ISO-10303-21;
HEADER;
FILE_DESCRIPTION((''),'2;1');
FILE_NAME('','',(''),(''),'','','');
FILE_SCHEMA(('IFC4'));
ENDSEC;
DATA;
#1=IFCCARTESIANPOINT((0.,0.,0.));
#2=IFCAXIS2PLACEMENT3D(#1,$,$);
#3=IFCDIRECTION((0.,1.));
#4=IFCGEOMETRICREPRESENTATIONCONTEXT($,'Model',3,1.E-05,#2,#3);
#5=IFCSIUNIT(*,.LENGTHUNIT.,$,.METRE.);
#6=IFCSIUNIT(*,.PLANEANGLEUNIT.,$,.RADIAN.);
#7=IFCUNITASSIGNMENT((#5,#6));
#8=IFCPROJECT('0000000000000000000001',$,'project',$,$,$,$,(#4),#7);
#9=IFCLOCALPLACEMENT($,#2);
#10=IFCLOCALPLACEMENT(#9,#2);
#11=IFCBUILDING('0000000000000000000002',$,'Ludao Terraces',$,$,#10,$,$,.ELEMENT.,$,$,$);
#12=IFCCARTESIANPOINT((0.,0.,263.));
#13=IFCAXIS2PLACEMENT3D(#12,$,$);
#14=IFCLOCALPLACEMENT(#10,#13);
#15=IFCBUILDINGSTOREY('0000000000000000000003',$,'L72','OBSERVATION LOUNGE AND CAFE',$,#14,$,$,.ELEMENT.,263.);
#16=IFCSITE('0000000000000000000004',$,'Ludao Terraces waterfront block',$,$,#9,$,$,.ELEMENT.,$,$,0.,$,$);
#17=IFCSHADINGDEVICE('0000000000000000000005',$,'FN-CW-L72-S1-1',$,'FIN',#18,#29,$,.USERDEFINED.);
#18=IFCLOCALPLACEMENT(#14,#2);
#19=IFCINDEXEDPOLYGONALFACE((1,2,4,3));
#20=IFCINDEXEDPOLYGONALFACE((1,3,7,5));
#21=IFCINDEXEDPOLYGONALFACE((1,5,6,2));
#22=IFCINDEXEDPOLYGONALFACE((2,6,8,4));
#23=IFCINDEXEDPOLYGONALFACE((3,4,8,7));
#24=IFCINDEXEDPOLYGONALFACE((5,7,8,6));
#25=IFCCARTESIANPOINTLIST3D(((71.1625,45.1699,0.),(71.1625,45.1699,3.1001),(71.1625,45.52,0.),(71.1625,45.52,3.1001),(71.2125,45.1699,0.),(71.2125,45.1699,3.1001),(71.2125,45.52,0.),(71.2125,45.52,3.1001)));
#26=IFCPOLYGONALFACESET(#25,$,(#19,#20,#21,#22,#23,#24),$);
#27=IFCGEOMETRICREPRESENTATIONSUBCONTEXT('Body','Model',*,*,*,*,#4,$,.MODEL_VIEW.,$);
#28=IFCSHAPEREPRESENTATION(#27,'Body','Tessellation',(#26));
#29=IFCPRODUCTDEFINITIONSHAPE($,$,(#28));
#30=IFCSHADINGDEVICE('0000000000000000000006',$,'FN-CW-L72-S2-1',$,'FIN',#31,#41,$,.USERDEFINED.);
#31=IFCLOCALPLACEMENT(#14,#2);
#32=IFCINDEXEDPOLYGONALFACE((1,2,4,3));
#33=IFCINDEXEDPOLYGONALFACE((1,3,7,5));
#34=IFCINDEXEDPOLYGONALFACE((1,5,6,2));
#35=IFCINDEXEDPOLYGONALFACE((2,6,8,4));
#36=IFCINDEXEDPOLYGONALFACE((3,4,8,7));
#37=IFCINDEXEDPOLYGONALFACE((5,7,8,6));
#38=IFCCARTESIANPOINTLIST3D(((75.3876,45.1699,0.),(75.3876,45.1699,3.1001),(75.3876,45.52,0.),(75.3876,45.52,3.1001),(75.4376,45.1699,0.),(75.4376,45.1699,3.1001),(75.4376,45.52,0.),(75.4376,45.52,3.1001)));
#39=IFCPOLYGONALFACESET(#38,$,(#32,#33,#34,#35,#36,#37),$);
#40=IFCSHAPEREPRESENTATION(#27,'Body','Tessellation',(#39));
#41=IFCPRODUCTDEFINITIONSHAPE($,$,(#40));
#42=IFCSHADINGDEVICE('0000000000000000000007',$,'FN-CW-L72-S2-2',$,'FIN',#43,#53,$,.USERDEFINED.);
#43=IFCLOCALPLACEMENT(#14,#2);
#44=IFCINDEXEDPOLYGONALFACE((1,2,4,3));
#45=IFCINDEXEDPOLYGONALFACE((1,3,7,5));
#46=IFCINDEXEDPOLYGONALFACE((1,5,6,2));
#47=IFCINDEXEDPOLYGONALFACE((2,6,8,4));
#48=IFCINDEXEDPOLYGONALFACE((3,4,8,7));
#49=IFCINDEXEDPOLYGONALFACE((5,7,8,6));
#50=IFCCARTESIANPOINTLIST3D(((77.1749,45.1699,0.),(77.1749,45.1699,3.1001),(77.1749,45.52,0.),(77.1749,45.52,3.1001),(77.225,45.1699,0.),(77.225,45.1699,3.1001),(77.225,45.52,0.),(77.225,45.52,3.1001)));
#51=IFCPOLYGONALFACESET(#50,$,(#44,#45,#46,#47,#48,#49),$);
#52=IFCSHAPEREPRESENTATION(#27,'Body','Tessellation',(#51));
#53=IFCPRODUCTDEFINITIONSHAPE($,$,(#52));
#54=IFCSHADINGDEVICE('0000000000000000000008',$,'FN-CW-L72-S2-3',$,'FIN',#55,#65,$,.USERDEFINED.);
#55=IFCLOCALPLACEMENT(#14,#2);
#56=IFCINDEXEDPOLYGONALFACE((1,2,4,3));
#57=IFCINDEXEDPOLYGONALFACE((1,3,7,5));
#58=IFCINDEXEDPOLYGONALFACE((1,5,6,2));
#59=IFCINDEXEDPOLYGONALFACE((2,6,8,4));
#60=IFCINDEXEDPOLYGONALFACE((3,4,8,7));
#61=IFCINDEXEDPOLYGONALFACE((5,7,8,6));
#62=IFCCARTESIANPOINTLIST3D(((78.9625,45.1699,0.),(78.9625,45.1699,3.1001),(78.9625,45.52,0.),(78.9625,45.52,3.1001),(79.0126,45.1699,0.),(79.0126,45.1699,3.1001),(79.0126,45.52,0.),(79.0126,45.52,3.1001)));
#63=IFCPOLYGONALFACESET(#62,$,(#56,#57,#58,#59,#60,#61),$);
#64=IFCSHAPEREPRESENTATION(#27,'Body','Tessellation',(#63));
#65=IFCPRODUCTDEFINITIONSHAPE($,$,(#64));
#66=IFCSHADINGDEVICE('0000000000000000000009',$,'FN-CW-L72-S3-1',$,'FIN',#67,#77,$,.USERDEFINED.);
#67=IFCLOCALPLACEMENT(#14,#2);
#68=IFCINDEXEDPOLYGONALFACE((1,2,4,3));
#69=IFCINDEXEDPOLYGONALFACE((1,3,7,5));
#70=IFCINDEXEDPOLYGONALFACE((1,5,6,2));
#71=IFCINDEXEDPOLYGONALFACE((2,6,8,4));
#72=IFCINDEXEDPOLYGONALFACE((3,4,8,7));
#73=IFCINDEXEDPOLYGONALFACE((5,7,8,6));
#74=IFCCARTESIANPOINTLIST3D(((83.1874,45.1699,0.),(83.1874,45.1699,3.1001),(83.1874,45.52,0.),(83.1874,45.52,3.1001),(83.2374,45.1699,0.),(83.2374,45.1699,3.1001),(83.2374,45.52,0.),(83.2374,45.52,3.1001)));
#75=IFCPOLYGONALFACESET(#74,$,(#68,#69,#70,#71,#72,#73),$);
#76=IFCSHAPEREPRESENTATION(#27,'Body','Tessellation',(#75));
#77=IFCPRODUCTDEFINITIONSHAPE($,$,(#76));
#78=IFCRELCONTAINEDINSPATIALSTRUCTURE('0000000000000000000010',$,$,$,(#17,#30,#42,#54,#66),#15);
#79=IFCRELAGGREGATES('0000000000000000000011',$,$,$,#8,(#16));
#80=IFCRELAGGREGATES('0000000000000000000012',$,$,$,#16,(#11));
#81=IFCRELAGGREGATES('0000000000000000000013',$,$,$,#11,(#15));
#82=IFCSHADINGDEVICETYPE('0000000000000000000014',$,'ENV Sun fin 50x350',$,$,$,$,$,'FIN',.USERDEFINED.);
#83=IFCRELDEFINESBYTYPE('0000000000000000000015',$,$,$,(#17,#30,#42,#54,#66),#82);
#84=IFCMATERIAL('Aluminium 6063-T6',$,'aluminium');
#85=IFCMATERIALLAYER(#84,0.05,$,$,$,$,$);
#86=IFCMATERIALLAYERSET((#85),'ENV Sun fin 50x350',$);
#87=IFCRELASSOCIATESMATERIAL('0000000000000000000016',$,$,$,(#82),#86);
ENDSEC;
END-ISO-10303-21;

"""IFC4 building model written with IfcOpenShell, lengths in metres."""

from ifc_helpers import new_model, si_unit, direction, frame, origin, origin_2d, place, context, subcontext, project, spatial, rectangle, extrude, material, layer, layer_set, type_object, element, save


model = new_model("IFC4")

# Units and contexts
model_context = context("Model", 3, precision=1e-05, world=origin(), true_north=direction((0.0, 1.0)))
body_context = subcontext(model_context, "Body", "Model", "MODEL_VIEW")
ifc_project = project(units=[si_unit("LENGTHUNIT", "METRE"), si_unit("PLANEANGLEUNIT", "RADIAN")], contexts=[model_context])

# Site, building, storey
site_placement = place(None, origin())
site = spatial("IfcSite", under=ifc_project, at=site_placement, Name="Ludao Terraces waterfront block", CompositionType="ELEMENT", RefElevation=0.0)
building_placement = place(site_placement, origin())
building = spatial("IfcBuilding", under=site, at=building_placement, Name="Ludao Terraces", CompositionType="ELEMENT")
storey_placement = place(building_placement, frame((0.0, 0.0, 263.0)))
storey = spatial("IfcBuildingStorey", under=building, at=storey_placement, Name="L72", Description="OBSERVATION LOUNGE AND CAFE", CompositionType="ELEMENT", Elevation=263.0)

# Shared definitions
ifc_material_1 = material(Name="Aluminium 6063-T6", Category="aluminium")

# Shading devices
ifc_layer_1 = layer(ifc_material_1, 0.05)
ifc_layer_set_1 = layer_set([ifc_layer_1], Name="ENV Sun fin 50x350")
shading_device_type = type_object("IfcShadingDeviceType", Name="ENV Sun fin 50x350", ElementType="FIN", PredefinedType="USERDEFINED", material=ifc_layer_set_1)
for number, where, z_axis, x_axis, name in (
    (1, (71.1875, 45.345, 0.0), (0.0, 0.0, 1.0), (1.0, 0.0, 0.0), "FN-CW-L72-S1-1"),
    (2, (75.4126, 45.345, 0.0), (0.0, 0.0, 1.0), (1.0, 0.0, 0.0), "FN-CW-L72-S2-1"),
    (3, (77.2, 45.345, 0.0), (0.0, 0.0, 1.0), (1.0, 0.0, 0.0), "FN-CW-L72-S2-2"),
    (4, (78.9875, 45.345, 0.0), (0.0, 0.0, 1.0), (1.0, 0.0, 0.0), "FN-CW-L72-S2-3"),
    (5, (83.2124, 45.345, 0.0), (0.0, 0.0, 1.0), (1.0, 0.0, 0.0), "FN-CW-L72-S3-1"),
):
    element("IfcShadingDevice", number, at=place(storey_placement, frame(where, z_axis=z_axis, x_axis=x_axis)), inside=storey, type_object=shading_device_type, Name=name, ObjectType="FIN", PredefinedType="USERDEFINED", context=body_context, shape_type="SweptSolid", body=[
        extrude(rectangle(XDim=0.05, YDim=0.3501, at=origin_2d()), origin(), (0.0, 0.0, 1.0), 3.1001),
    ])

save(model, "model.ifc")
